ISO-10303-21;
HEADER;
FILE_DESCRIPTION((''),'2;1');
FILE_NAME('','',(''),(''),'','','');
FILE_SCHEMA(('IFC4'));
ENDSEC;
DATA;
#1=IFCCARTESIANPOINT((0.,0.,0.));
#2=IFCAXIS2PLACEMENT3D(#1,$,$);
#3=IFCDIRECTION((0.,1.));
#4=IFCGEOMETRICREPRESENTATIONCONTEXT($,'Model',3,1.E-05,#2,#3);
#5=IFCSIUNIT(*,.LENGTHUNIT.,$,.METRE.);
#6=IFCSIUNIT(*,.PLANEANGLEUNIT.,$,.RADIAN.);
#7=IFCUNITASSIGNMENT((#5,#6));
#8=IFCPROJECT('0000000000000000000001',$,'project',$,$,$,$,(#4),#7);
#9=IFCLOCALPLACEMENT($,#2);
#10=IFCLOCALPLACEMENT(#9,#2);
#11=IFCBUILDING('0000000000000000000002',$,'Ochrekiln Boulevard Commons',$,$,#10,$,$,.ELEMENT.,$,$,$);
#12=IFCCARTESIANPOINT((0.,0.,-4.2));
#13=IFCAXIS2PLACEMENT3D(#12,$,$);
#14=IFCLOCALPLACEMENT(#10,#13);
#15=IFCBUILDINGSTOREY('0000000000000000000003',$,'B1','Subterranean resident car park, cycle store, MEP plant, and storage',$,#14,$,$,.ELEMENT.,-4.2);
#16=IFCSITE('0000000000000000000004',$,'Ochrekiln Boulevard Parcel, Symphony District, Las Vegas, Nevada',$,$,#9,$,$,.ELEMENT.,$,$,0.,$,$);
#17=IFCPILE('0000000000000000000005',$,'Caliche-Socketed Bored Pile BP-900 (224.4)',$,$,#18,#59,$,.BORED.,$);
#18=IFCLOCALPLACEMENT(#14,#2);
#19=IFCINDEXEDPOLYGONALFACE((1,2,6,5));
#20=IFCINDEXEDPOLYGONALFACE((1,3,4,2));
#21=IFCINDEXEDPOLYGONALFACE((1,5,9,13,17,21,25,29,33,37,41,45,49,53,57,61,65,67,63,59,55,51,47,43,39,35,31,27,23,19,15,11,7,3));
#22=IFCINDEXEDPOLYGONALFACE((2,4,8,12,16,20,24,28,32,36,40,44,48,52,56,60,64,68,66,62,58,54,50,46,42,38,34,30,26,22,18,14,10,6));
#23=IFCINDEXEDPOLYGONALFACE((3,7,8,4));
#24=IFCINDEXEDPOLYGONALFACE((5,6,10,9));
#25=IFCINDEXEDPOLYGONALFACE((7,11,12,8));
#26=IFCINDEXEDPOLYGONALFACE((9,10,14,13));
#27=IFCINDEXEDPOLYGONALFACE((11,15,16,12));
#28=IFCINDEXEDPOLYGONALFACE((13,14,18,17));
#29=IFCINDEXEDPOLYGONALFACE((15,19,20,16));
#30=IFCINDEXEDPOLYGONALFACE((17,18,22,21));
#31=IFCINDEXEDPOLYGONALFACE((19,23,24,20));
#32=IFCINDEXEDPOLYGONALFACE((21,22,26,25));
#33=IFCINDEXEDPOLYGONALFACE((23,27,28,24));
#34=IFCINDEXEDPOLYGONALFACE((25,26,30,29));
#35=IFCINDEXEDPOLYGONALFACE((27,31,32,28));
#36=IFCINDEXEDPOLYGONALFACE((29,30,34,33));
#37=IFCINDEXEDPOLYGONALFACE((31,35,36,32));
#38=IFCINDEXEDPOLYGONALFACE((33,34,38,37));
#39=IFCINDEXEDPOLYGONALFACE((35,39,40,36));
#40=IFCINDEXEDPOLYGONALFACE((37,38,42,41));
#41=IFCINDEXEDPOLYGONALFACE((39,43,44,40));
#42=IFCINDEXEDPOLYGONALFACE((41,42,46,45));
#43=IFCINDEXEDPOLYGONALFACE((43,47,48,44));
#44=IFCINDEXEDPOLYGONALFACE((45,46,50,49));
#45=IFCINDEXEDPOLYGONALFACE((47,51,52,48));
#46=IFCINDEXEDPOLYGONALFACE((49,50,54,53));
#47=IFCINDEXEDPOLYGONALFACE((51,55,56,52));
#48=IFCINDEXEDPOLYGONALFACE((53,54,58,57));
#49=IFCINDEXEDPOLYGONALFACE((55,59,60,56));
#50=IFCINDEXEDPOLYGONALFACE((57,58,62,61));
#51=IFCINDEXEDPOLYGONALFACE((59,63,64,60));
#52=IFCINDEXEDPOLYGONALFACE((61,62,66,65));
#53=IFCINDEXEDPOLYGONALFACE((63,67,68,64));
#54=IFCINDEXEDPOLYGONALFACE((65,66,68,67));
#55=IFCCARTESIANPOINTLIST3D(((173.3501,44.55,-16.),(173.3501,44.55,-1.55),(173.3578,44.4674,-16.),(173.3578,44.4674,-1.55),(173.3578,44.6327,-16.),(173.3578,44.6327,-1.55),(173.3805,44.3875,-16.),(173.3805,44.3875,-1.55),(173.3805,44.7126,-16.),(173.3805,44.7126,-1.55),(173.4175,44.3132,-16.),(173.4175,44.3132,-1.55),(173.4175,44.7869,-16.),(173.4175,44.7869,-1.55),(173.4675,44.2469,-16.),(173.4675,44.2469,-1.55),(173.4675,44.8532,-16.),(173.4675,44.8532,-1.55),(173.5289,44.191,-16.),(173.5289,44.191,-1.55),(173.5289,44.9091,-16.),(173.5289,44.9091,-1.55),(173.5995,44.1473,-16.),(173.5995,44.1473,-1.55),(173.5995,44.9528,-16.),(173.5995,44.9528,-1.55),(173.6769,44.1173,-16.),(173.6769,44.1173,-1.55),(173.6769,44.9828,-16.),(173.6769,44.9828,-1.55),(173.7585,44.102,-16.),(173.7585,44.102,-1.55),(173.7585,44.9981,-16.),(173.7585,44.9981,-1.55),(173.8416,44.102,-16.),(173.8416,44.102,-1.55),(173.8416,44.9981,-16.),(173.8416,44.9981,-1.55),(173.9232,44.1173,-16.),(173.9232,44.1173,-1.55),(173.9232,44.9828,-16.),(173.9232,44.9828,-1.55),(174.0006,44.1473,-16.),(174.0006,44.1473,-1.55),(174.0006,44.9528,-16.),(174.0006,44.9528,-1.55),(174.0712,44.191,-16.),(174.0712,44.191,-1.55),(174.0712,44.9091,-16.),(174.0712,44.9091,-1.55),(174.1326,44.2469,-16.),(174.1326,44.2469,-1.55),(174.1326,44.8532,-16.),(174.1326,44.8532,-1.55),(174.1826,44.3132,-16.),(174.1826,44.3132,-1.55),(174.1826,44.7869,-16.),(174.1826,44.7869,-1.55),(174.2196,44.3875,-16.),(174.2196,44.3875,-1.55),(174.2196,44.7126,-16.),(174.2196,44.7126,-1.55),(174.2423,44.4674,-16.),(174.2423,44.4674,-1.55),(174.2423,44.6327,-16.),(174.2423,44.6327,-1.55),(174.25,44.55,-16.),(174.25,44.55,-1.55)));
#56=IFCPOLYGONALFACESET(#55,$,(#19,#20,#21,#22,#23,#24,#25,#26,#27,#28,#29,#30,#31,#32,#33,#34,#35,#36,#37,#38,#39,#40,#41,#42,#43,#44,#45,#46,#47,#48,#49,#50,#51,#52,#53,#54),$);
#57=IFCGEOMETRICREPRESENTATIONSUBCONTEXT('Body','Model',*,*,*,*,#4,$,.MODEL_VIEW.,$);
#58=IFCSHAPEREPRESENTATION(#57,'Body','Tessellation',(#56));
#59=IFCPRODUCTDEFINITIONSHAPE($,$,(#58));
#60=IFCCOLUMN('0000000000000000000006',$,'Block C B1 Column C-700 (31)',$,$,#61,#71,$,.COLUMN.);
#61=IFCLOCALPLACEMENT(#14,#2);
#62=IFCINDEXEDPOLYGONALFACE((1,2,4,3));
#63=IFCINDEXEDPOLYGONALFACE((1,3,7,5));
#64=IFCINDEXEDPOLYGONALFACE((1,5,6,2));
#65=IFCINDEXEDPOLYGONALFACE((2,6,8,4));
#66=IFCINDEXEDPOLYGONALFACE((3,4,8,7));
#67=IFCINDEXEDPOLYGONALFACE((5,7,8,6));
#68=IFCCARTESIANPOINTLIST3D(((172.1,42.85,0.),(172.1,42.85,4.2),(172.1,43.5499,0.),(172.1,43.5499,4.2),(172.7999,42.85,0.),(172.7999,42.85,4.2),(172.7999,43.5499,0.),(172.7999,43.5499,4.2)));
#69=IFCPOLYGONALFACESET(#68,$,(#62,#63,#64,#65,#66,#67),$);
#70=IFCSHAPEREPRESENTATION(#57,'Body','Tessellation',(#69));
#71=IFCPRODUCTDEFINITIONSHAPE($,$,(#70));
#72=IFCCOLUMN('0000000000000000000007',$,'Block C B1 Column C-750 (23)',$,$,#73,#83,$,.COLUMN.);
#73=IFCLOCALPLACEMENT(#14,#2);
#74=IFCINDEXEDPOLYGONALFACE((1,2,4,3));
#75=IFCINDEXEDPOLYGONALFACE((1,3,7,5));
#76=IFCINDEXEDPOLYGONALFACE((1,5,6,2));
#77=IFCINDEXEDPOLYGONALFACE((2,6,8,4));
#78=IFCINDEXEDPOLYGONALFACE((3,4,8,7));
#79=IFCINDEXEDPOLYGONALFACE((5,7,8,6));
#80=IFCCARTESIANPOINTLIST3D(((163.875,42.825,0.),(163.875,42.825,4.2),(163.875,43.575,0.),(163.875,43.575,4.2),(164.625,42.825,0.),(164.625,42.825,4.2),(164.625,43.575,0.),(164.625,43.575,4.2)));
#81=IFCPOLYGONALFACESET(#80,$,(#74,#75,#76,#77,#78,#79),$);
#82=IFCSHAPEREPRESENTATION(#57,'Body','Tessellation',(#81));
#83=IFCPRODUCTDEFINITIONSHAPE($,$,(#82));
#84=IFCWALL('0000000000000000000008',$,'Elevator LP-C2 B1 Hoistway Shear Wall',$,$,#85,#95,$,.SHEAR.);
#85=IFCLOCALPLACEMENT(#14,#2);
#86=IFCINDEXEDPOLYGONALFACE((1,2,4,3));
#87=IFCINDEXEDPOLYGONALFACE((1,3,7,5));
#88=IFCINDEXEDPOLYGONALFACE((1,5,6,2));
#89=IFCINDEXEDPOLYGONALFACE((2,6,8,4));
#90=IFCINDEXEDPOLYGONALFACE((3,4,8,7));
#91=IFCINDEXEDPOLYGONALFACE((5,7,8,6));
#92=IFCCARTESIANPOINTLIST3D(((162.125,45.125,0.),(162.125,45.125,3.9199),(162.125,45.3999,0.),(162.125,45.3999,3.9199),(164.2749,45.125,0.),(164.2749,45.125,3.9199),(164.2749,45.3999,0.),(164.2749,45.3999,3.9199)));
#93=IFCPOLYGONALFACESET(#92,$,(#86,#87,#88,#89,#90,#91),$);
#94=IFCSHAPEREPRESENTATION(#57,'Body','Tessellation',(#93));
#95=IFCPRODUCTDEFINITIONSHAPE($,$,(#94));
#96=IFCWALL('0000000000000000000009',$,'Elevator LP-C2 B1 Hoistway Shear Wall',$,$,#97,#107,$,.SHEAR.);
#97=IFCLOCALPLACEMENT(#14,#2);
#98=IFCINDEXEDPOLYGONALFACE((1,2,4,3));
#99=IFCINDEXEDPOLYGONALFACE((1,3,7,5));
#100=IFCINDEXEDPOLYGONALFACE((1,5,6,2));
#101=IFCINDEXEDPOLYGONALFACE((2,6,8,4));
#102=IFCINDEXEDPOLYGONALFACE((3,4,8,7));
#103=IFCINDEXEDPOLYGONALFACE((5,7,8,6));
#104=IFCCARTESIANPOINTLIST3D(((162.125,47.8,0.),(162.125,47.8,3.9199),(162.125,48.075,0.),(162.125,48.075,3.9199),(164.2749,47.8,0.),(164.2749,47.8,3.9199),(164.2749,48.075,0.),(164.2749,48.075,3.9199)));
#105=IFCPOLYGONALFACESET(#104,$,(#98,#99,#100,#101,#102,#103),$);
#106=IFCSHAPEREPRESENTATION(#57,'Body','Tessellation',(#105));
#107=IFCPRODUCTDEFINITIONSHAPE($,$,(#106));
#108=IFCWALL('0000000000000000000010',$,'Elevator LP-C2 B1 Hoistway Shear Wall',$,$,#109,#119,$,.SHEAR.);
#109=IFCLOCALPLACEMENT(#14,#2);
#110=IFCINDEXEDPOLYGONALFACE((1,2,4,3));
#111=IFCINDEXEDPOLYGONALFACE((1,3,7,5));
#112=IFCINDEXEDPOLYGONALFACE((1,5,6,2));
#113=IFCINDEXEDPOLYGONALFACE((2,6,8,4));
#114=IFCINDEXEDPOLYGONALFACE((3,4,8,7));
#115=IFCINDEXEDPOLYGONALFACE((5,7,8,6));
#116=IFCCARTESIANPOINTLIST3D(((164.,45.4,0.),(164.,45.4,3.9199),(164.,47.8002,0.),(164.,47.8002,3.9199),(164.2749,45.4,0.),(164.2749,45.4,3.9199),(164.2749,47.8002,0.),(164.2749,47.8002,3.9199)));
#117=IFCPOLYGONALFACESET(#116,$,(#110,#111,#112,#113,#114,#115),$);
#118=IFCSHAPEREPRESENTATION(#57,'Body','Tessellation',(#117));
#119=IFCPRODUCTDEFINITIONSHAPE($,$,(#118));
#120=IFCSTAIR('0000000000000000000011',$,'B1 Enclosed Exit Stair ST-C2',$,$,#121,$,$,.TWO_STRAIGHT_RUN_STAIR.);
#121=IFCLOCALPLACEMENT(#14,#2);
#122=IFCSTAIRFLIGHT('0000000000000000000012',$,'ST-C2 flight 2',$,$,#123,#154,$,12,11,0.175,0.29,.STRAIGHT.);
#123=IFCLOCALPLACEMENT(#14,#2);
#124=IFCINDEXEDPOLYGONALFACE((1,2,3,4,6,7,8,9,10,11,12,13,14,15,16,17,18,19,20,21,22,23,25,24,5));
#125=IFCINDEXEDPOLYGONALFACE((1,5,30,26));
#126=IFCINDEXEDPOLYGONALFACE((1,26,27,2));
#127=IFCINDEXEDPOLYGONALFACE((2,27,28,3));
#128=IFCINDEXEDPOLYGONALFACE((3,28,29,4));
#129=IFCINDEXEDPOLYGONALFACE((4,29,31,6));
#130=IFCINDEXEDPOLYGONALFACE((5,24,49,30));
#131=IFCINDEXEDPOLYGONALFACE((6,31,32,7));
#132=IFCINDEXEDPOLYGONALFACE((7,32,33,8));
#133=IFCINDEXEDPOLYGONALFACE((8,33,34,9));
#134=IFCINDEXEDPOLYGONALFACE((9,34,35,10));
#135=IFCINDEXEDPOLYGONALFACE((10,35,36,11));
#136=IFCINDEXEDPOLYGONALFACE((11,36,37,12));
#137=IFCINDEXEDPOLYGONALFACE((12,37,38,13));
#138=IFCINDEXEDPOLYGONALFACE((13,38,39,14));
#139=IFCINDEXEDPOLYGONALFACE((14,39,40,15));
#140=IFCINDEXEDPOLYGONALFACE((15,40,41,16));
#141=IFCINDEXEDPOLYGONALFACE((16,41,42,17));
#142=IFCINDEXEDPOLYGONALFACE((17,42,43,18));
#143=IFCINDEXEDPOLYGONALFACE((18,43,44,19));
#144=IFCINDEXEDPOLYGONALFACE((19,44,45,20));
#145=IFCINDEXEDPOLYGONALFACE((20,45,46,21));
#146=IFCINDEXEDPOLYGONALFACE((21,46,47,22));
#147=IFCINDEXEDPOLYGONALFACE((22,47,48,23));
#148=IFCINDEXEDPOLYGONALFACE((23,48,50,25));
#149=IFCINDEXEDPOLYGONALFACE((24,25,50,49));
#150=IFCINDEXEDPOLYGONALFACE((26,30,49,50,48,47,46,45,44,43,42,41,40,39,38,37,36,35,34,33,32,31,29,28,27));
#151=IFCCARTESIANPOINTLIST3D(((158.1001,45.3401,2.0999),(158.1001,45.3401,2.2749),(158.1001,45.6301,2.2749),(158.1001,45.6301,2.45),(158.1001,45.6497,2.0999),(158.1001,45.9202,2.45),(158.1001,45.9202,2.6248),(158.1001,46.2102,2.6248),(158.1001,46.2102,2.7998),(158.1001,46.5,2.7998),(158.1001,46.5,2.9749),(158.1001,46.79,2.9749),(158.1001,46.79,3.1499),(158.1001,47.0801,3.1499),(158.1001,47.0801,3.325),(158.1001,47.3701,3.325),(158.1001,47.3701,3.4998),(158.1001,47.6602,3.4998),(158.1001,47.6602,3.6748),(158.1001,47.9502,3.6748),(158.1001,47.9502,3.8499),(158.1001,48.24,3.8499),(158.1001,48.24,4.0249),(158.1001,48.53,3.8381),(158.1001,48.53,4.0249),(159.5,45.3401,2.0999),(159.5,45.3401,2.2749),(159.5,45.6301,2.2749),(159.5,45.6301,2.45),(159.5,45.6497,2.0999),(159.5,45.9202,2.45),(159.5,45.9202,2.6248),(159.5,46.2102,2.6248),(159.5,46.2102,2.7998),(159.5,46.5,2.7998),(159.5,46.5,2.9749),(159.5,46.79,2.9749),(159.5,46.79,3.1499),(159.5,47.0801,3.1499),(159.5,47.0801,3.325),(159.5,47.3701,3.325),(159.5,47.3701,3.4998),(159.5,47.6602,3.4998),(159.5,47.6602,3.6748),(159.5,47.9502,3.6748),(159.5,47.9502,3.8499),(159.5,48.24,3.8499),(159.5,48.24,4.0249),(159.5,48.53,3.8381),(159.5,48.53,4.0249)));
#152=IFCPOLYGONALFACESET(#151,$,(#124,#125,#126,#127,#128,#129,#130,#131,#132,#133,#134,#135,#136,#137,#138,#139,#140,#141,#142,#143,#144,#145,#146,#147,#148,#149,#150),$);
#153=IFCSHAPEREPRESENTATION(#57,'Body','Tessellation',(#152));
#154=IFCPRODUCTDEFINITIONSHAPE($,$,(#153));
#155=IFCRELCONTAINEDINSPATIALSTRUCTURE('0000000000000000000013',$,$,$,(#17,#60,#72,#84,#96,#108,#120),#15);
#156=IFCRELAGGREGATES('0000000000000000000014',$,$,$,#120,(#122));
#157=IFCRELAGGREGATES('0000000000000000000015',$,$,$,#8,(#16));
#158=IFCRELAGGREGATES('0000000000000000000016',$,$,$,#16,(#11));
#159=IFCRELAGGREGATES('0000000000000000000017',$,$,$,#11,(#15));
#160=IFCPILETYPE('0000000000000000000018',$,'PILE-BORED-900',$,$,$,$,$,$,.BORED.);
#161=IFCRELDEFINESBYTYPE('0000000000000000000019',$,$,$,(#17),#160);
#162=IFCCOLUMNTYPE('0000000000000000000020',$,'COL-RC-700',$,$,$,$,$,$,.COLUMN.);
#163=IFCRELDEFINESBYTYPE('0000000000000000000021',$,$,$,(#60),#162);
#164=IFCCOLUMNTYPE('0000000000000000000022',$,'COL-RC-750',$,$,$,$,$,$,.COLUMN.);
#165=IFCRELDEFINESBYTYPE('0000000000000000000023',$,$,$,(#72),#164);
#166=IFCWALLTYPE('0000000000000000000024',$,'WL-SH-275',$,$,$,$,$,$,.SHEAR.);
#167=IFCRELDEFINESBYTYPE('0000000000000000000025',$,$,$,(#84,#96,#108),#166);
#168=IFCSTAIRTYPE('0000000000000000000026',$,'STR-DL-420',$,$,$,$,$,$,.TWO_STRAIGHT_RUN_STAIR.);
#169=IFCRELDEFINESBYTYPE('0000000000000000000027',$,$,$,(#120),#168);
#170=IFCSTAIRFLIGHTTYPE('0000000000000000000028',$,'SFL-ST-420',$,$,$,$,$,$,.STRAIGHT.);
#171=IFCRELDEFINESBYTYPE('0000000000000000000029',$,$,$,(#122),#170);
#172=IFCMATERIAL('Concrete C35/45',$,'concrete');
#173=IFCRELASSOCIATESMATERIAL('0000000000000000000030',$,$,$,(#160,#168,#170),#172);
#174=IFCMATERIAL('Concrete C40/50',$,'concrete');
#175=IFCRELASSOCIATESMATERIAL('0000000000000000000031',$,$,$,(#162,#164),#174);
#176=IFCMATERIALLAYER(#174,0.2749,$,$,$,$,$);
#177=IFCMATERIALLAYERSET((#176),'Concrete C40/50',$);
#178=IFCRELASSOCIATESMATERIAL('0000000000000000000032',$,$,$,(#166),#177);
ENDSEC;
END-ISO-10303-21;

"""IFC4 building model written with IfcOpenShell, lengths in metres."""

from ifc_helpers import new_model, si_unit, direction, frame, frame_2d, origin, origin_2d, place, context, subcontext, project, spatial, polyline, rectangle, circle, outline, extrude, material, layer, layer_set, material_profile, profile_set, type_object, element, aggregate, save


model = new_model("IFC4")

# Units and contexts
model_context = context("Model", 3, precision=1e-05, world=origin(), true_north=direction((0.0, 1.0)))
body_context = subcontext(model_context, "Body", "Model", "MODEL_VIEW")
ifc_project = project(units=[si_unit("LENGTHUNIT", "METRE"), si_unit("PLANEANGLEUNIT", "RADIAN")], contexts=[model_context])

# Site, building, storey
site_placement = place(None, origin())
site = spatial("IfcSite", under=ifc_project, at=site_placement, Name="Ochrekiln Boulevard Parcel, Symphony District, Las Vegas, Nevada", CompositionType="ELEMENT", RefElevation=0.0)
building_placement = place(site_placement, origin())
building = spatial("IfcBuilding", under=site, at=building_placement, Name="Ochrekiln Boulevard Commons", CompositionType="ELEMENT")
storey_placement = place(building_placement, frame((0.0, 0.0, -4.2)))
storey = spatial("IfcBuildingStorey", under=building, at=storey_placement, Name="B1", Description="Subterranean resident car park, cycle store, MEP plant, and storage", CompositionType="ELEMENT", Elevation=-4.2)

# Shared definitions
ifc_material_1 = material(Name="Concrete C35/45", Category="concrete")

# Pile
ifc_material_profile_1 = material_profile(ifc_material_1, circle(Radius=0.45, at=origin_2d()), Name="PILE-D900")
ifc_profile_set_1 = profile_set([ifc_material_profile_1], Name="Concrete C35/45")
pile_type = type_object("IfcPileType", Name="PILE-BORED-900", PredefinedType="BORED", material=ifc_profile_set_1)
for number, where, z_axis, x_axis, name in (
    (1, (173.8, 44.55, -1.55), (0.0, 0.0, -1.0), (1.0, 0.0, 0.0), "Caliche-Socketed Bored Pile BP-900 (224.4)"),
):
    element("IfcPile", number, at=place(storey_placement, frame(where, z_axis=z_axis, x_axis=x_axis)), inside=storey, type_object=pile_type, Name=name, PredefinedType="BORED", context=body_context, shape_type="SweptSolid", body=[
        extrude(circle(Radius=0.45, at=origin_2d()), origin(), (0.0, 0.0, 1.0), 14.45),
    ])

# Columns
ifc_material_2 = material(Name="Concrete C40/50", Category="concrete")
ifc_material_profile_2 = material_profile(ifc_material_2, rectangle(XDim=0.7, YDim=0.7, at=origin_2d()), Name="RC-COL-700x700")
ifc_profile_set_2 = profile_set([ifc_material_profile_2], Name="Concrete C40/50")
column_type_1 = type_object("IfcColumnType", Name="COL-RC-700", PredefinedType="COLUMN", material=ifc_profile_set_2)
column_1_placement = place(storey_placement, frame((172.45, 43.2, 0.0), z_axis=(0.0, 0.0, 1.0), x_axis=(1.0, 0.0, 0.0)))
element("IfcColumn", 2, at=column_1_placement, inside=storey, type_object=column_type_1, Name="Block C B1 Column C-700 (31)", PredefinedType="COLUMN", context=body_context, shape_type="SweptSolid", body=[
    extrude(rectangle(XDim=0.7, YDim=0.7, at=origin_2d()), origin(), (0.0, 0.0, 1.0), 4.2),
])
ifc_material_profile_3 = material_profile(ifc_material_2, rectangle(XDim=0.75, YDim=0.75, at=origin_2d()), Name="RC-COL-750x750")
ifc_profile_set_3 = profile_set([ifc_material_profile_3], Name="Concrete C40/50")
column_type_2 = type_object("IfcColumnType", Name="COL-RC-750", PredefinedType="COLUMN", material=ifc_profile_set_3)
column_2_placement = place(storey_placement, frame((164.25, 43.2, 0.0), z_axis=(0.0, 0.0, 1.0), x_axis=(1.0, 0.0, 0.0)))
element("IfcColumn", 3, at=column_2_placement, inside=storey, type_object=column_type_2, Name="Block C B1 Column C-750 (23)", PredefinedType="COLUMN", context=body_context, shape_type="SweptSolid", body=[
    extrude(rectangle(XDim=0.75, YDim=0.75, at=origin_2d()), origin(), (0.0, 0.0, 1.0), 4.2),
])

# Walls
ifc_layer_1 = layer(ifc_material_2, 0.2749)
ifc_layer_set_1 = layer_set([ifc_layer_1], Name="Concrete C40/50")
wall_type_1 = type_object("IfcWallType", Name="WL-SH-275", PredefinedType="SHEAR", material=ifc_layer_set_1)
for number, where, z_axis, x_axis, name in (
    (4, (162.125, 45.2625, 0.0), (0.0, 0.0, 1.0), (1.0, 0.0, 0.0), "Elevator LP-C2 B1 Hoistway Shear Wall"),
    (5, (162.125, 47.9375, 0.0), (0.0, 0.0, 1.0), (1.0, 0.0, 0.0), "Elevator LP-C2 B1 Hoistway Shear Wall"),
):
    element("IfcWall", number, at=place(storey_placement, frame(where, z_axis=z_axis, x_axis=x_axis)), inside=storey, type_object=wall_type_1, Name=name, PredefinedType="SHEAR", context=body_context, shape_type="SweptSolid", body=[
        extrude(rectangle(XDim=2.1499, YDim=0.2749, at=frame_2d((1.075, 0.0))), origin(), (0.0, 0.0, 1.0), 3.9199),
    ])

# Wall
wall_1_placement = place(storey_placement, frame((164.1375, 45.3999, 0.0), z_axis=(0.0, 0.0, 1.0), x_axis=(0.0, 1.0, 0.0)))
element("IfcWall", 6, at=wall_1_placement, inside=storey, type_object=wall_type_1, Name="Elevator LP-C2 B1 Hoistway Shear Wall", PredefinedType="SHEAR", context=body_context, shape_type="SweptSolid", body=[
    extrude(rectangle(XDim=2.4001, YDim=0.2749, at=frame_2d((1.2002, 0.0))), origin(), (0.0, 0.0, 1.0), 3.9199),
])

# Stair, stair flight
stair_type = type_object("IfcStairType", Name="STR-DL-420", PredefinedType="TWO_STRAIGHT_RUN_STAIR", material=ifc_material_1)
stair_placement = place(storey_placement, origin())
stair = element("IfcStair", 7, at=stair_placement, inside=storey, type_object=stair_type, Name="B1 Enclosed Exit Stair ST-C2", PredefinedType="TWO_STRAIGHT_RUN_STAIR")
stair_flight_type = type_object("IfcStairFlightType", Name="SFL-ST-420", PredefinedType="STRAIGHT", material=ifc_material_1)
stair_flight_placement = place(storey_placement, frame((158.8, 45.3401, 2.0999), z_axis=(0.0, 0.0, 1.0), x_axis=(0.0, 1.0, 0.0)))
stair_flight = element("IfcStairFlight", 8, at=stair_flight_placement, type_object=stair_flight_type, Name="ST-C2 flight 2", NumberOfRisers=12, NumberOfTreads=11, PredefinedType="STRAIGHT", RiserHeight=0.175, TreadLength=0.29, context=body_context, shape_type="SweptSolid", body=[
    extrude(outline(polyline([(0.0, 0.0), (0.0, 0.175), (0.29, 0.175), (0.29, 0.3501), (0.5801, 0.3501), (0.5801, 0.5249), (0.8701, 0.5249), (0.8701, 0.7), (1.1599, 0.7), (1.1599, 0.875), (1.45, 0.875), (1.45, 1.05), (1.74, 1.05), (1.74, 1.2251), (2.03, 1.2251), (2.03, 1.3999), (2.3201, 1.3999), (2.3201, 1.575), (2.6101, 1.575), (2.6101, 1.75), (2.8999, 1.75), (2.8999, 1.925), (3.1899, 1.925), (3.1899, 2.1001), (3.1899, 1.7383), (0.3096, 0.0), (0.0, 0.0)])), frame((0.0, 0.7, 0.0), z_axis=(0.0, -1.0, 0.0), x_axis=(1.0, 0.0, 0.0)), (0.0, 0.0, 1.0), 1.3999),
])
aggregate(stair, [stair_flight])

save(model, "model.ifc")
